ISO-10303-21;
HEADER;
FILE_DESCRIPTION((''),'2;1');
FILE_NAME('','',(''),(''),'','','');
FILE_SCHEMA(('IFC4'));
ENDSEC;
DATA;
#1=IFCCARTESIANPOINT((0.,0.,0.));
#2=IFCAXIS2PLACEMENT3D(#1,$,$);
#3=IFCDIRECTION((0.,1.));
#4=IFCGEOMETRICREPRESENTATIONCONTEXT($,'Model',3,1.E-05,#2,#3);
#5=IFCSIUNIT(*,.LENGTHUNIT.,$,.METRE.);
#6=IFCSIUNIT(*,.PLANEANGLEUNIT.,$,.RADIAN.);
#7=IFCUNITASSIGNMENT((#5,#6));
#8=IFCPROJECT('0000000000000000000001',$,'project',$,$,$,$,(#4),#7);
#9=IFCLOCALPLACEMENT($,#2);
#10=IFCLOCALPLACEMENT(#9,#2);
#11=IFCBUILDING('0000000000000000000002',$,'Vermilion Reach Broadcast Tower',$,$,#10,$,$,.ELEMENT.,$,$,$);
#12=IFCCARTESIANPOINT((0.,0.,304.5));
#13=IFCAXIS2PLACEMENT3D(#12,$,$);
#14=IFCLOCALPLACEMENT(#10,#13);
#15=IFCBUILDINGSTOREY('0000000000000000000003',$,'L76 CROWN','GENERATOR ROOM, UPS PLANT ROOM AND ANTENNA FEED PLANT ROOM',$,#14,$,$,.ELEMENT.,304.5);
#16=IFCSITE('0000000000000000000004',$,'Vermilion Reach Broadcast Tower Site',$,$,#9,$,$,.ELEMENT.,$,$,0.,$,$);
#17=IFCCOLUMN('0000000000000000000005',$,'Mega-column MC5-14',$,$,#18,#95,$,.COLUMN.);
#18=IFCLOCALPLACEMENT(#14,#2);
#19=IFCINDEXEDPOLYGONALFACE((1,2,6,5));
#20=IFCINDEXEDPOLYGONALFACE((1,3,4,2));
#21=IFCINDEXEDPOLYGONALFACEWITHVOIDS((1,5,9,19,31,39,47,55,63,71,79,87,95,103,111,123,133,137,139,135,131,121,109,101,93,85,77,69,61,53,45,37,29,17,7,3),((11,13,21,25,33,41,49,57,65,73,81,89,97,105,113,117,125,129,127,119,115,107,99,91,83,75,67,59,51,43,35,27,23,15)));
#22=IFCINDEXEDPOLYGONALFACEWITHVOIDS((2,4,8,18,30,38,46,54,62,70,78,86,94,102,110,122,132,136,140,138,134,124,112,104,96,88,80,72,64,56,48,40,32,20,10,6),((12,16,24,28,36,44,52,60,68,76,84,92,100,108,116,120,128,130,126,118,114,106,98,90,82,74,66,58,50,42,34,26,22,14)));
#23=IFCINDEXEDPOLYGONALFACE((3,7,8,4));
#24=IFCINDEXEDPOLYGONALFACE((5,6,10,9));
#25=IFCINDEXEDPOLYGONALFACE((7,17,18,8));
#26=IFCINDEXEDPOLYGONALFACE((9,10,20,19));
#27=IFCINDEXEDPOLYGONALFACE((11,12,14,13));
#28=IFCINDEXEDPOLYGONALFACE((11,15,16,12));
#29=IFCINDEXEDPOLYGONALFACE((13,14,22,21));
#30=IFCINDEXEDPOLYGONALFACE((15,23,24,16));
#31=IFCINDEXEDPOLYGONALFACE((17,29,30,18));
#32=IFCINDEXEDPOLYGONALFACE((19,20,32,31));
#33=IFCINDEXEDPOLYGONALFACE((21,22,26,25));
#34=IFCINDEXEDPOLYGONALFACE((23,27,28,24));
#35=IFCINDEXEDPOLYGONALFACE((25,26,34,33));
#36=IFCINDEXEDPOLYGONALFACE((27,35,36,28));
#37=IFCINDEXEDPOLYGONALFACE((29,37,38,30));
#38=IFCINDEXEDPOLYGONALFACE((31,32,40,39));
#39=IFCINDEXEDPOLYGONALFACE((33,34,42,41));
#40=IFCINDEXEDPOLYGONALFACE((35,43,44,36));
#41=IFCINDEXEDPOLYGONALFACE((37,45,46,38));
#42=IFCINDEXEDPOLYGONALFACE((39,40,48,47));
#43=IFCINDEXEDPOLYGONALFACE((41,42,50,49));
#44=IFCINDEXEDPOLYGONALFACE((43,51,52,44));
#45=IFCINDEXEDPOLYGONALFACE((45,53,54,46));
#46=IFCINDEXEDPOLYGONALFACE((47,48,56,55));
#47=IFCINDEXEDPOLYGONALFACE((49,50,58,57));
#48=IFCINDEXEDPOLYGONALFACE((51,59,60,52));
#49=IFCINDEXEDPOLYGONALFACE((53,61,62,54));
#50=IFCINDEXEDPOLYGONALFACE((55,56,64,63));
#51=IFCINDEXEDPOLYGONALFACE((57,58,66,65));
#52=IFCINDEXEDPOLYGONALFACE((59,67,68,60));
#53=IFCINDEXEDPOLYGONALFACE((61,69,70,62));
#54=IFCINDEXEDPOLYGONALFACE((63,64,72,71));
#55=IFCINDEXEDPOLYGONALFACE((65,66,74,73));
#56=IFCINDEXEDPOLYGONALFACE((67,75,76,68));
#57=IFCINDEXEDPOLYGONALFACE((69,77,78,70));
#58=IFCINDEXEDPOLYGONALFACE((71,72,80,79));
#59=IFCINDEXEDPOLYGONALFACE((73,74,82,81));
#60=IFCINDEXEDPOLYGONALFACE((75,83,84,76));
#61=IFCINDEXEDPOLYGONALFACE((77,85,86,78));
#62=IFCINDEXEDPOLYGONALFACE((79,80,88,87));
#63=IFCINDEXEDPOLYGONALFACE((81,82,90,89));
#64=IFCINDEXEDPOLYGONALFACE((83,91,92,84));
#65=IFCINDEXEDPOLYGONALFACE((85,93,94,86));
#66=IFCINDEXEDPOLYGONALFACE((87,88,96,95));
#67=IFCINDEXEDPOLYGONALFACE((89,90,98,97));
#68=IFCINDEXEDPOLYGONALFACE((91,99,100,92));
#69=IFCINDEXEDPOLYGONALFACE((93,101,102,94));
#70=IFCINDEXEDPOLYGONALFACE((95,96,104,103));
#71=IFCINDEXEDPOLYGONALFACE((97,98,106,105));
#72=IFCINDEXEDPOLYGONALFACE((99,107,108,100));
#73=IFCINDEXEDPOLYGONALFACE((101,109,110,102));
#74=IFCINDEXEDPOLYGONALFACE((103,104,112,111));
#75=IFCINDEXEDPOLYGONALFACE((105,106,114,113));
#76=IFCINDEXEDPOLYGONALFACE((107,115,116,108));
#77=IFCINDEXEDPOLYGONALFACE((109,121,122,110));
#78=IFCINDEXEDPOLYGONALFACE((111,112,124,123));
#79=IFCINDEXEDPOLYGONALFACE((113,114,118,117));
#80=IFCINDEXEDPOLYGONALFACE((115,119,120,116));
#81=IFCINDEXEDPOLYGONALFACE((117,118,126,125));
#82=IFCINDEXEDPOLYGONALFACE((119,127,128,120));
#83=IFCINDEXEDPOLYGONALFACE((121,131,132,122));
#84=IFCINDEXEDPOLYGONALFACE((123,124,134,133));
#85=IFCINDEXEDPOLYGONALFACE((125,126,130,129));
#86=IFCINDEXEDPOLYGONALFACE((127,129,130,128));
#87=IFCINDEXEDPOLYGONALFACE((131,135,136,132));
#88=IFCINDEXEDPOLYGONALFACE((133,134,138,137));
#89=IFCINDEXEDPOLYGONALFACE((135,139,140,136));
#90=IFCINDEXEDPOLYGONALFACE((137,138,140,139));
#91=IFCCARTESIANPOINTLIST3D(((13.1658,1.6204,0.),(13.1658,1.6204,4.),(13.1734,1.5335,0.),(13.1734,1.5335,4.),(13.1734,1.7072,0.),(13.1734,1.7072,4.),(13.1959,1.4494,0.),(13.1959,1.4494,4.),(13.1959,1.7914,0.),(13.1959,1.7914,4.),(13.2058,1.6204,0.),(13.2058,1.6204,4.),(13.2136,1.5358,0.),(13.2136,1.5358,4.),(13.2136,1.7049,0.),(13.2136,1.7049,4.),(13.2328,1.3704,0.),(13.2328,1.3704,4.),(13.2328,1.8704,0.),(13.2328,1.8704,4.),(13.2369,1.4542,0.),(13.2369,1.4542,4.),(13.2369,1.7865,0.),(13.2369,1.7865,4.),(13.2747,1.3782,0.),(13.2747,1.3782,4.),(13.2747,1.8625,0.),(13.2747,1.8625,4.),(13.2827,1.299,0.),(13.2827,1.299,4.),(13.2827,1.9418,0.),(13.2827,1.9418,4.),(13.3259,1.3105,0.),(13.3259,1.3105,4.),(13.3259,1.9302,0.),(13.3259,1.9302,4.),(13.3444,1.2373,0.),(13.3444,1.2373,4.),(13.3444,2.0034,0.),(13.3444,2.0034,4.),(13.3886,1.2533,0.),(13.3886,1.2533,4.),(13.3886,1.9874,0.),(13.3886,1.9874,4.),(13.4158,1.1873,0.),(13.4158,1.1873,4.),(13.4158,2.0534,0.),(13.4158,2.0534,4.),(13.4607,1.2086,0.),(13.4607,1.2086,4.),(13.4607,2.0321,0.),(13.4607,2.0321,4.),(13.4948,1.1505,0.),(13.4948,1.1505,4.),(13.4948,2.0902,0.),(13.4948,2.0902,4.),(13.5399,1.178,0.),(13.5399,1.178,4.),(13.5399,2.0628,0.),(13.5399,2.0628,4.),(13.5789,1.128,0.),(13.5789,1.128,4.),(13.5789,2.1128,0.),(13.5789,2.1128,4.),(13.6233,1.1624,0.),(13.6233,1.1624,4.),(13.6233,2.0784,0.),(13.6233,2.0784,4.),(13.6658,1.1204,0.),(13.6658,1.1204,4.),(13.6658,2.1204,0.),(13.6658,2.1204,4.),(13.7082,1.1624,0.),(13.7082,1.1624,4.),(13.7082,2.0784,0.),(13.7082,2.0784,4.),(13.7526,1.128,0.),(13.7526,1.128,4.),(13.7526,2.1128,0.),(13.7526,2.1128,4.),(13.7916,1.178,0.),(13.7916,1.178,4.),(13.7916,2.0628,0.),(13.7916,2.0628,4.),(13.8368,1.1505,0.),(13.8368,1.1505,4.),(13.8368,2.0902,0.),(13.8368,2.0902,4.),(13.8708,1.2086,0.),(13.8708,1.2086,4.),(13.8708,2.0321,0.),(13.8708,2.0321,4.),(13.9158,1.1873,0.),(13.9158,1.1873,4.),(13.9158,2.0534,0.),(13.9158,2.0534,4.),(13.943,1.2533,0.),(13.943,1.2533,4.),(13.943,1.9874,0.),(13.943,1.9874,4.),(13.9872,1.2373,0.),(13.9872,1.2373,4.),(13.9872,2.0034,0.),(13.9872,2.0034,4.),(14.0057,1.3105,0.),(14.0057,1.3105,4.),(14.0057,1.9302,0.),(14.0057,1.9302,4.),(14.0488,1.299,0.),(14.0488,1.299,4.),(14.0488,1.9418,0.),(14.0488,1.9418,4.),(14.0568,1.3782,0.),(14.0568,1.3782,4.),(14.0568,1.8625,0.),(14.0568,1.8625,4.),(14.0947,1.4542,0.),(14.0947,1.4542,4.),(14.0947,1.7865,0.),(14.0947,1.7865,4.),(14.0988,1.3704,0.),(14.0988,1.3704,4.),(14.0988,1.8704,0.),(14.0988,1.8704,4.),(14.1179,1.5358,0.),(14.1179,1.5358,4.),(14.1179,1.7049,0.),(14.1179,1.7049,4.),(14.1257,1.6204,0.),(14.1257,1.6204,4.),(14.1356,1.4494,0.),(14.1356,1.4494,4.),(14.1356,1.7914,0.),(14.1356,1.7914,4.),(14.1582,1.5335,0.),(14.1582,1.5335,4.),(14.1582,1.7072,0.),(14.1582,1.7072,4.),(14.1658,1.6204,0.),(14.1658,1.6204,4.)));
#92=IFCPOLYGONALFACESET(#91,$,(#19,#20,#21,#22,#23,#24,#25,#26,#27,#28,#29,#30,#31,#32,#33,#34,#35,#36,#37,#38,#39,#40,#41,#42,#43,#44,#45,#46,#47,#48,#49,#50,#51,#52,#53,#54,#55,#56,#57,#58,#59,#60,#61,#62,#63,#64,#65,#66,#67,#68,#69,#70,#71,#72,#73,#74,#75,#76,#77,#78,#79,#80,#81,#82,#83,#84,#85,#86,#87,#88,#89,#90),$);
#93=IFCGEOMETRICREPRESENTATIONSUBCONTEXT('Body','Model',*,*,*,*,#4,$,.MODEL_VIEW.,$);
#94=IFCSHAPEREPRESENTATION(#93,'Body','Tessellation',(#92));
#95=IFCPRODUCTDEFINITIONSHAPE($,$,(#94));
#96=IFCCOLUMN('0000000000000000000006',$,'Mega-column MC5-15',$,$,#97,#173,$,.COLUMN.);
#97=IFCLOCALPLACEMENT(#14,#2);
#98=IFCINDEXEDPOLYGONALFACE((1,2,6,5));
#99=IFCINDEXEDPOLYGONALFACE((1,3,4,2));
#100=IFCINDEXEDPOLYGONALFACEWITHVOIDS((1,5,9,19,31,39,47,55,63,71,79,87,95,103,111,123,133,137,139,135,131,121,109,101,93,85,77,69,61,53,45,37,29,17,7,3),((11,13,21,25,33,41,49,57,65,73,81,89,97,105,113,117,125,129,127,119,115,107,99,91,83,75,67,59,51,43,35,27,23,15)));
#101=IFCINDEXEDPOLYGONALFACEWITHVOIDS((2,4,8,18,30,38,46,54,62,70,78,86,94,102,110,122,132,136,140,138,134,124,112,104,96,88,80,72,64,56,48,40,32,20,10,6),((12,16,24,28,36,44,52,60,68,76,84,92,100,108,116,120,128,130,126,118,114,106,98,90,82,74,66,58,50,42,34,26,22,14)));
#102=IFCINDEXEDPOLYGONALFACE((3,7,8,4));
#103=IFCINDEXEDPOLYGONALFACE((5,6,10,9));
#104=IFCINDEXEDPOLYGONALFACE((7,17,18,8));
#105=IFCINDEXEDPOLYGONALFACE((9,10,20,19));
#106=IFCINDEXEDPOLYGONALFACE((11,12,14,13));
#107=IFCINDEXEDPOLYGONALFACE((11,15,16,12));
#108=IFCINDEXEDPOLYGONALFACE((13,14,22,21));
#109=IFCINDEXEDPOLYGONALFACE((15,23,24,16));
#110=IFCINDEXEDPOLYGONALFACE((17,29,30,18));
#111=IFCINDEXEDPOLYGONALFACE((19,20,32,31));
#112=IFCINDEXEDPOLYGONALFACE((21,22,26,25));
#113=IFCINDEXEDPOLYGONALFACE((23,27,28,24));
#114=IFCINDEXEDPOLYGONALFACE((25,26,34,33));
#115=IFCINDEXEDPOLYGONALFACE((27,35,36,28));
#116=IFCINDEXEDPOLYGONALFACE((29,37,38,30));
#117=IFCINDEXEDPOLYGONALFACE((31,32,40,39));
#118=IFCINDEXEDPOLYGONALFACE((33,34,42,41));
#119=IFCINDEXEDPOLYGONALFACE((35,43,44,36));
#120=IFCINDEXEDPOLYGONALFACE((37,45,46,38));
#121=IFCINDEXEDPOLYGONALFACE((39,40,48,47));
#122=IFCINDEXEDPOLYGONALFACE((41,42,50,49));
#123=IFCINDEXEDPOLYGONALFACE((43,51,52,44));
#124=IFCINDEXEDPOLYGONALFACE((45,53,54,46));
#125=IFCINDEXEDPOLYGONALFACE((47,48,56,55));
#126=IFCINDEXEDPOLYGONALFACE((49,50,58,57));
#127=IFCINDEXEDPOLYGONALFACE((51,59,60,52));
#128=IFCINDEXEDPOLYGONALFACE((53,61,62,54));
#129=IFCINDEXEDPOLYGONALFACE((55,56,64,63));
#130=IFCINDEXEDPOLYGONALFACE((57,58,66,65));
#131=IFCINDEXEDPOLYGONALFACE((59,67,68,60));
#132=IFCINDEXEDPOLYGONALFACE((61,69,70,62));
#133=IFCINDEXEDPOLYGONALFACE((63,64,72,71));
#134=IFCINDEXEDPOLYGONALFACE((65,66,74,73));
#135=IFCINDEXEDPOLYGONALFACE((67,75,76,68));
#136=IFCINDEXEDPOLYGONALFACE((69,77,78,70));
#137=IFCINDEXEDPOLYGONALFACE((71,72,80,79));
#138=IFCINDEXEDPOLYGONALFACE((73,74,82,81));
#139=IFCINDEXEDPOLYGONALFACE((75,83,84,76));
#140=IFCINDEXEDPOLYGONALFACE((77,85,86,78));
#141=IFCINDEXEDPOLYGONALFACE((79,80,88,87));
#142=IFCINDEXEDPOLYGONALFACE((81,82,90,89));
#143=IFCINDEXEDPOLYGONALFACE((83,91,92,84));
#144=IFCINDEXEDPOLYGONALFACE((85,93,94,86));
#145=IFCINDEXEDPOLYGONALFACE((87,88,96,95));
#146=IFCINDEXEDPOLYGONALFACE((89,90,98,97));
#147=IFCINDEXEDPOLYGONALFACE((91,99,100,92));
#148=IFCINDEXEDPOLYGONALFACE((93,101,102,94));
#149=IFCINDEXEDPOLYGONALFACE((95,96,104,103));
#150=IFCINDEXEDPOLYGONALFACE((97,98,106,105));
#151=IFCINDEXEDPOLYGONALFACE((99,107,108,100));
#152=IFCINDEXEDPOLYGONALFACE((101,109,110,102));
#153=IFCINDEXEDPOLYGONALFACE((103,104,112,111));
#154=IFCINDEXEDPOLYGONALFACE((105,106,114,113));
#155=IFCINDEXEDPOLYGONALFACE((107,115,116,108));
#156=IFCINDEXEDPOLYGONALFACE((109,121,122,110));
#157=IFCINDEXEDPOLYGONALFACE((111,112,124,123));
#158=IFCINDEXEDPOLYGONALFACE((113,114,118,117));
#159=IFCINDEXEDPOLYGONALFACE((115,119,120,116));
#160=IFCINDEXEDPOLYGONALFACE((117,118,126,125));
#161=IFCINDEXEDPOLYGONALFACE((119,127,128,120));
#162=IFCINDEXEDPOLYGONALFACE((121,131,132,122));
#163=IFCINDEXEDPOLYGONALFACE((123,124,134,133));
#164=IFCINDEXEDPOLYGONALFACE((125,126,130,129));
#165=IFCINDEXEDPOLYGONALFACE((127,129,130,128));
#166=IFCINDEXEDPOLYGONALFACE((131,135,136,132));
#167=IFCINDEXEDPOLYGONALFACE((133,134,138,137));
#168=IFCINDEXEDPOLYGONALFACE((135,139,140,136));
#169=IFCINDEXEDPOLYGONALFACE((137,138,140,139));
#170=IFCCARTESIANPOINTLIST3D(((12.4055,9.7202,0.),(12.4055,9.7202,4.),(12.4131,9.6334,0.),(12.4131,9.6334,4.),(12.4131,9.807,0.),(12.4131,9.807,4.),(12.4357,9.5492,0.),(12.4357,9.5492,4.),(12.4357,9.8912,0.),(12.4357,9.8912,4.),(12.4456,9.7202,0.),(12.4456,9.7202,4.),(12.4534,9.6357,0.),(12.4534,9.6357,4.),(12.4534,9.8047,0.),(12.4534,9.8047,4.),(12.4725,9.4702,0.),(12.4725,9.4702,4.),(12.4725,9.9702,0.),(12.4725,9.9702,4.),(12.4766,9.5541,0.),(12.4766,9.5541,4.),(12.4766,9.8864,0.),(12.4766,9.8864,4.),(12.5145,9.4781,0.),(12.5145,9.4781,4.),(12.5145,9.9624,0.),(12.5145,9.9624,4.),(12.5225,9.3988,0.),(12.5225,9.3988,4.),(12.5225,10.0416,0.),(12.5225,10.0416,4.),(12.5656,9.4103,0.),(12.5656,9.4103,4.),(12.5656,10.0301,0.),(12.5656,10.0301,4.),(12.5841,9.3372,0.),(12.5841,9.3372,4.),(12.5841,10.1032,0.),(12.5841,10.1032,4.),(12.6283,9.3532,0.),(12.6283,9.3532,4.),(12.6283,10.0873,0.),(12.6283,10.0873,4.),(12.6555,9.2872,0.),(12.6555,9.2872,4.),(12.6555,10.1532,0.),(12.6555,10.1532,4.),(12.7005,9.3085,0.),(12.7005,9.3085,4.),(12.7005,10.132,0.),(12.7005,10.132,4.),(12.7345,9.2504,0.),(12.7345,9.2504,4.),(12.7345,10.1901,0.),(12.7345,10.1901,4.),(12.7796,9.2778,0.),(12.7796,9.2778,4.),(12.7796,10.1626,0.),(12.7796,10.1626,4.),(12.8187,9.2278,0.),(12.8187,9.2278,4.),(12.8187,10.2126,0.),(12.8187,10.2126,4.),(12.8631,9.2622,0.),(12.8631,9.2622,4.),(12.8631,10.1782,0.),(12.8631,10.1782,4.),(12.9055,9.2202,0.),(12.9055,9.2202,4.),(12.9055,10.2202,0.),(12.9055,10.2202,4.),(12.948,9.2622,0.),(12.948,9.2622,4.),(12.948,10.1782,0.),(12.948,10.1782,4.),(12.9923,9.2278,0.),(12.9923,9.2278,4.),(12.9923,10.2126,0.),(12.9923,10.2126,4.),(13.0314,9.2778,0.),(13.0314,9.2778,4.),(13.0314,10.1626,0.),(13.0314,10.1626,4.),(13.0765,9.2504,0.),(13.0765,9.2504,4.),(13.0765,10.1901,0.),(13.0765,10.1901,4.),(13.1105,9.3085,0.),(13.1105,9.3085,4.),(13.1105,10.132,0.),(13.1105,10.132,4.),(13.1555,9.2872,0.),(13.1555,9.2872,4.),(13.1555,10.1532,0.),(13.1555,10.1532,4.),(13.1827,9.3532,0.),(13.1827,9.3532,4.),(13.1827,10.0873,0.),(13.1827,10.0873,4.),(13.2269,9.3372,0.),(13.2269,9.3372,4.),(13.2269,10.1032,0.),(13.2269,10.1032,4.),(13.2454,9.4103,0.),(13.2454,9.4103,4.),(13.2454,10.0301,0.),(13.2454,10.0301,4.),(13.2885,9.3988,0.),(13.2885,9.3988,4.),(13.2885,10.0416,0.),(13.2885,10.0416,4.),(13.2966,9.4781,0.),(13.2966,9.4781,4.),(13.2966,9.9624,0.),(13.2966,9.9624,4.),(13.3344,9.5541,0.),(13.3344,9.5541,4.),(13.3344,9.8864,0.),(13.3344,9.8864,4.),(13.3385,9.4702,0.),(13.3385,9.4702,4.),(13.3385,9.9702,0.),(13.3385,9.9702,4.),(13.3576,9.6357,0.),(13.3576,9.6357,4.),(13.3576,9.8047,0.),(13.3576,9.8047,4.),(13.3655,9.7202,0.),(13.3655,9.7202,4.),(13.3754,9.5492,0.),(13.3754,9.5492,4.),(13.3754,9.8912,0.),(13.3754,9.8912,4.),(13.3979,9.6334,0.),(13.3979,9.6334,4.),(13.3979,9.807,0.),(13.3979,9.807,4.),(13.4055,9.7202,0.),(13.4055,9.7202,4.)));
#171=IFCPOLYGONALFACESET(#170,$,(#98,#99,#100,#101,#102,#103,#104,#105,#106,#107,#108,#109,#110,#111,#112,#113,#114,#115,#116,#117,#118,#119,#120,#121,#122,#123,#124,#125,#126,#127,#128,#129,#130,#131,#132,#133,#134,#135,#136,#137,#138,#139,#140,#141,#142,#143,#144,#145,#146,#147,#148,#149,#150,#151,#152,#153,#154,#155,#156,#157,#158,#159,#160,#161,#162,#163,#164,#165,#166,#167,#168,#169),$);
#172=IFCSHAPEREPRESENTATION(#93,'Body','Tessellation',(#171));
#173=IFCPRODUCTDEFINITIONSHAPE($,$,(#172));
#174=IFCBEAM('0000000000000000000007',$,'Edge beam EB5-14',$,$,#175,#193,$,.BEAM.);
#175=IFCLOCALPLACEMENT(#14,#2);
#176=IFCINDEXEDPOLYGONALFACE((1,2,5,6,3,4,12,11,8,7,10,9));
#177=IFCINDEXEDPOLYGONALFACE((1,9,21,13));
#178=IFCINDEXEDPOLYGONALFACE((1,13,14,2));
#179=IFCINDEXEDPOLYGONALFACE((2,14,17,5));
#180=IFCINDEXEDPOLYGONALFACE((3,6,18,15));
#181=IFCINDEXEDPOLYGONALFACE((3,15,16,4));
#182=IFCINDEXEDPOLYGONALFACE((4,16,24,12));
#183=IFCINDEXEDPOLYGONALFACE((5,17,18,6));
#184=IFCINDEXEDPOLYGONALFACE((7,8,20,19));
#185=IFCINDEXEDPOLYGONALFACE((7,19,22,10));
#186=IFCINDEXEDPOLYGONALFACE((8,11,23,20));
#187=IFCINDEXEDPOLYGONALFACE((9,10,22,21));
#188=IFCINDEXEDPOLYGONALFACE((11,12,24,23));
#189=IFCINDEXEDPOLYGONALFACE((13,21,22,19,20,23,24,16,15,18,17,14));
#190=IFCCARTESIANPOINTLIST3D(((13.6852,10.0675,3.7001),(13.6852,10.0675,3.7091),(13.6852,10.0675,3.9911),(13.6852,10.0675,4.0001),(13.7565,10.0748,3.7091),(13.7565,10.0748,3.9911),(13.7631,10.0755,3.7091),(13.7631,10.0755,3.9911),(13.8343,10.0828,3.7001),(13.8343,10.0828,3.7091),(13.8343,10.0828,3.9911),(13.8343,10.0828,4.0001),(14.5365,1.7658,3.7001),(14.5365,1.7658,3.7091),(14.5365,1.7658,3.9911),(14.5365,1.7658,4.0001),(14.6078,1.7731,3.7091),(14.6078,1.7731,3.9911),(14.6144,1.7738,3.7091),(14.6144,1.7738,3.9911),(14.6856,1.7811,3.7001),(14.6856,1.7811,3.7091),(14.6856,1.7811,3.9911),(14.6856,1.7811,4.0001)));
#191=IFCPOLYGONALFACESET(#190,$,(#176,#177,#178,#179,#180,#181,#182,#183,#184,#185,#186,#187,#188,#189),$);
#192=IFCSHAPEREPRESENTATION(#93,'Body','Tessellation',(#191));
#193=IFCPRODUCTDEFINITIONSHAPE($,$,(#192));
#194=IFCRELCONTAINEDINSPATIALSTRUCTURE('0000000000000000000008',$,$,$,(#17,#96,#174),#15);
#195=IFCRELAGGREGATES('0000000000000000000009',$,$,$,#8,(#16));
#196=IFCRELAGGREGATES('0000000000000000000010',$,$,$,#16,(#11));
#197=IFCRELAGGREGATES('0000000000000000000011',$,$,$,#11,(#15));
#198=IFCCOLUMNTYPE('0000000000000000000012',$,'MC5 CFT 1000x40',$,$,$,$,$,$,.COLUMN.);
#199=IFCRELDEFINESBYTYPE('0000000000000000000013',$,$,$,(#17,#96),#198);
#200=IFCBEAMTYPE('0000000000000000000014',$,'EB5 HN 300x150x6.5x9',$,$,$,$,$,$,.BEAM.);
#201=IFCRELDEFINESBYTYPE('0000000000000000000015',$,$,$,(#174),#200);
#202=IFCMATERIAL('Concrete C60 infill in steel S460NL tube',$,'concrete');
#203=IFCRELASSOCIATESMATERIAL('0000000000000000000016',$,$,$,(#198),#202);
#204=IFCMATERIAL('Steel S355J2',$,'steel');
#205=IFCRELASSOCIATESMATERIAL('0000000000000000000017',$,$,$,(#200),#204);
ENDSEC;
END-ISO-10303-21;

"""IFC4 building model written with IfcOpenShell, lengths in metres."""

from ifc_helpers import new_model, si_unit, direction, frame, origin, origin_2d, place, context, subcontext, project, spatial, hollow_circle, i_section, extrude, material, material_profile, profile_set, type_object, element, save


model = new_model("IFC4")

# Units and contexts
model_context = context("Model", 3, precision=1e-05, world=origin(), true_north=direction((0.0, 1.0)))
body_context = subcontext(model_context, "Body", "Model", "MODEL_VIEW")
ifc_project = project(units=[si_unit("LENGTHUNIT", "METRE"), si_unit("PLANEANGLEUNIT", "RADIAN")], contexts=[model_context])

# Site, building, storey
site_placement = place(None, origin())
site = spatial("IfcSite", under=ifc_project, at=site_placement, Name="Vermilion Reach Broadcast Tower Site", CompositionType="ELEMENT", RefElevation=0.0)
building_placement = place(site_placement, origin())
building = spatial("IfcBuilding", under=site, at=building_placement, Name="Vermilion Reach Broadcast Tower", CompositionType="ELEMENT")
storey_placement = place(building_placement, frame((0.0, 0.0, 304.5)))
storey = spatial("IfcBuildingStorey", under=building, at=storey_placement, Name="L76 CROWN", Description="GENERATOR ROOM, UPS PLANT ROOM AND ANTENNA FEED PLANT ROOM", CompositionType="ELEMENT", Elevation=304.5)

# Columns
ifc_material_1 = material(Name="Concrete C60 infill in steel S460NL tube", Category="concrete")
ifc_material_profile_1 = material_profile(ifc_material_1, hollow_circle(Radius=0.5, WallThickness=0.04, at=origin_2d()), Name="Concrete C60 infill in steel S460NL tube CFT 1000x40")
ifc_profile_set_1 = profile_set([ifc_material_profile_1], Name="Concrete C60 infill in steel S460NL tube")
column_type = type_object("IfcColumnType", Name="MC5 CFT 1000x40", PredefinedType="COLUMN", material=ifc_profile_set_1)
for number, where, z_axis, x_axis, name in (
    (1, (13.6658, 1.6204, 0.0), (0.0, 0.0, 1.0), (1.0, 0.0, 0.0), "Mega-column MC5-14"),
    (2, (12.9055, 9.7202, 0.0), (0.0, 0.0, 1.0), (1.0, 0.0, 0.0), "Mega-column MC5-15"),
):
    element("IfcColumn", number, at=place(storey_placement, frame(where, z_axis=z_axis, x_axis=x_axis)), inside=storey, type_object=column_type, Name=name, PredefinedType="COLUMN", context=body_context, shape_type="SweptSolid", body=[
        extrude(hollow_circle(Radius=0.5, WallThickness=0.04, at=origin_2d()), origin(), (0.0, 0.0, 1.0), 4.0),
    ])

# Beam
ifc_material_2 = material(Name="Steel S355J2", Category="steel")
ifc_material_profile_2 = material_profile(ifc_material_2, i_section(OverallWidth=0.1499, OverallDepth=0.3, WebThickness=0.0066, FlangeThickness=0.009, at=origin_2d()), Name="S355J2 HN 300x150x6.5x9")
ifc_profile_set_2 = profile_set([ifc_material_profile_2], Name="Steel S355J2")
beam_type_1 = type_object("IfcBeamType", Name="EB5 HN 300x150x6.5x9", PredefinedType="BEAM", material=ifc_profile_set_2)
beam_1_placement = place(storey_placement, frame((14.6111, 1.7734, 3.8501), z_axis=(-0.102012, 0.994783, 0.0), x_axis=(-0.994783, -0.102012, 0.0)))
element("IfcBeam", 3, at=beam_1_placement, inside=storey, type_object=beam_type_1, Name="Edge beam EB5-14", PredefinedType="BEAM", context=body_context, shape_type="SweptSolid", body=[
    extrude(i_section(OverallWidth=0.1499, OverallDepth=0.3, WebThickness=0.0066, FlangeThickness=0.009, at=origin_2d()), origin(), (0.0, 0.0, 1.0), 8.3452),
])

save(model, "model.ifc")
